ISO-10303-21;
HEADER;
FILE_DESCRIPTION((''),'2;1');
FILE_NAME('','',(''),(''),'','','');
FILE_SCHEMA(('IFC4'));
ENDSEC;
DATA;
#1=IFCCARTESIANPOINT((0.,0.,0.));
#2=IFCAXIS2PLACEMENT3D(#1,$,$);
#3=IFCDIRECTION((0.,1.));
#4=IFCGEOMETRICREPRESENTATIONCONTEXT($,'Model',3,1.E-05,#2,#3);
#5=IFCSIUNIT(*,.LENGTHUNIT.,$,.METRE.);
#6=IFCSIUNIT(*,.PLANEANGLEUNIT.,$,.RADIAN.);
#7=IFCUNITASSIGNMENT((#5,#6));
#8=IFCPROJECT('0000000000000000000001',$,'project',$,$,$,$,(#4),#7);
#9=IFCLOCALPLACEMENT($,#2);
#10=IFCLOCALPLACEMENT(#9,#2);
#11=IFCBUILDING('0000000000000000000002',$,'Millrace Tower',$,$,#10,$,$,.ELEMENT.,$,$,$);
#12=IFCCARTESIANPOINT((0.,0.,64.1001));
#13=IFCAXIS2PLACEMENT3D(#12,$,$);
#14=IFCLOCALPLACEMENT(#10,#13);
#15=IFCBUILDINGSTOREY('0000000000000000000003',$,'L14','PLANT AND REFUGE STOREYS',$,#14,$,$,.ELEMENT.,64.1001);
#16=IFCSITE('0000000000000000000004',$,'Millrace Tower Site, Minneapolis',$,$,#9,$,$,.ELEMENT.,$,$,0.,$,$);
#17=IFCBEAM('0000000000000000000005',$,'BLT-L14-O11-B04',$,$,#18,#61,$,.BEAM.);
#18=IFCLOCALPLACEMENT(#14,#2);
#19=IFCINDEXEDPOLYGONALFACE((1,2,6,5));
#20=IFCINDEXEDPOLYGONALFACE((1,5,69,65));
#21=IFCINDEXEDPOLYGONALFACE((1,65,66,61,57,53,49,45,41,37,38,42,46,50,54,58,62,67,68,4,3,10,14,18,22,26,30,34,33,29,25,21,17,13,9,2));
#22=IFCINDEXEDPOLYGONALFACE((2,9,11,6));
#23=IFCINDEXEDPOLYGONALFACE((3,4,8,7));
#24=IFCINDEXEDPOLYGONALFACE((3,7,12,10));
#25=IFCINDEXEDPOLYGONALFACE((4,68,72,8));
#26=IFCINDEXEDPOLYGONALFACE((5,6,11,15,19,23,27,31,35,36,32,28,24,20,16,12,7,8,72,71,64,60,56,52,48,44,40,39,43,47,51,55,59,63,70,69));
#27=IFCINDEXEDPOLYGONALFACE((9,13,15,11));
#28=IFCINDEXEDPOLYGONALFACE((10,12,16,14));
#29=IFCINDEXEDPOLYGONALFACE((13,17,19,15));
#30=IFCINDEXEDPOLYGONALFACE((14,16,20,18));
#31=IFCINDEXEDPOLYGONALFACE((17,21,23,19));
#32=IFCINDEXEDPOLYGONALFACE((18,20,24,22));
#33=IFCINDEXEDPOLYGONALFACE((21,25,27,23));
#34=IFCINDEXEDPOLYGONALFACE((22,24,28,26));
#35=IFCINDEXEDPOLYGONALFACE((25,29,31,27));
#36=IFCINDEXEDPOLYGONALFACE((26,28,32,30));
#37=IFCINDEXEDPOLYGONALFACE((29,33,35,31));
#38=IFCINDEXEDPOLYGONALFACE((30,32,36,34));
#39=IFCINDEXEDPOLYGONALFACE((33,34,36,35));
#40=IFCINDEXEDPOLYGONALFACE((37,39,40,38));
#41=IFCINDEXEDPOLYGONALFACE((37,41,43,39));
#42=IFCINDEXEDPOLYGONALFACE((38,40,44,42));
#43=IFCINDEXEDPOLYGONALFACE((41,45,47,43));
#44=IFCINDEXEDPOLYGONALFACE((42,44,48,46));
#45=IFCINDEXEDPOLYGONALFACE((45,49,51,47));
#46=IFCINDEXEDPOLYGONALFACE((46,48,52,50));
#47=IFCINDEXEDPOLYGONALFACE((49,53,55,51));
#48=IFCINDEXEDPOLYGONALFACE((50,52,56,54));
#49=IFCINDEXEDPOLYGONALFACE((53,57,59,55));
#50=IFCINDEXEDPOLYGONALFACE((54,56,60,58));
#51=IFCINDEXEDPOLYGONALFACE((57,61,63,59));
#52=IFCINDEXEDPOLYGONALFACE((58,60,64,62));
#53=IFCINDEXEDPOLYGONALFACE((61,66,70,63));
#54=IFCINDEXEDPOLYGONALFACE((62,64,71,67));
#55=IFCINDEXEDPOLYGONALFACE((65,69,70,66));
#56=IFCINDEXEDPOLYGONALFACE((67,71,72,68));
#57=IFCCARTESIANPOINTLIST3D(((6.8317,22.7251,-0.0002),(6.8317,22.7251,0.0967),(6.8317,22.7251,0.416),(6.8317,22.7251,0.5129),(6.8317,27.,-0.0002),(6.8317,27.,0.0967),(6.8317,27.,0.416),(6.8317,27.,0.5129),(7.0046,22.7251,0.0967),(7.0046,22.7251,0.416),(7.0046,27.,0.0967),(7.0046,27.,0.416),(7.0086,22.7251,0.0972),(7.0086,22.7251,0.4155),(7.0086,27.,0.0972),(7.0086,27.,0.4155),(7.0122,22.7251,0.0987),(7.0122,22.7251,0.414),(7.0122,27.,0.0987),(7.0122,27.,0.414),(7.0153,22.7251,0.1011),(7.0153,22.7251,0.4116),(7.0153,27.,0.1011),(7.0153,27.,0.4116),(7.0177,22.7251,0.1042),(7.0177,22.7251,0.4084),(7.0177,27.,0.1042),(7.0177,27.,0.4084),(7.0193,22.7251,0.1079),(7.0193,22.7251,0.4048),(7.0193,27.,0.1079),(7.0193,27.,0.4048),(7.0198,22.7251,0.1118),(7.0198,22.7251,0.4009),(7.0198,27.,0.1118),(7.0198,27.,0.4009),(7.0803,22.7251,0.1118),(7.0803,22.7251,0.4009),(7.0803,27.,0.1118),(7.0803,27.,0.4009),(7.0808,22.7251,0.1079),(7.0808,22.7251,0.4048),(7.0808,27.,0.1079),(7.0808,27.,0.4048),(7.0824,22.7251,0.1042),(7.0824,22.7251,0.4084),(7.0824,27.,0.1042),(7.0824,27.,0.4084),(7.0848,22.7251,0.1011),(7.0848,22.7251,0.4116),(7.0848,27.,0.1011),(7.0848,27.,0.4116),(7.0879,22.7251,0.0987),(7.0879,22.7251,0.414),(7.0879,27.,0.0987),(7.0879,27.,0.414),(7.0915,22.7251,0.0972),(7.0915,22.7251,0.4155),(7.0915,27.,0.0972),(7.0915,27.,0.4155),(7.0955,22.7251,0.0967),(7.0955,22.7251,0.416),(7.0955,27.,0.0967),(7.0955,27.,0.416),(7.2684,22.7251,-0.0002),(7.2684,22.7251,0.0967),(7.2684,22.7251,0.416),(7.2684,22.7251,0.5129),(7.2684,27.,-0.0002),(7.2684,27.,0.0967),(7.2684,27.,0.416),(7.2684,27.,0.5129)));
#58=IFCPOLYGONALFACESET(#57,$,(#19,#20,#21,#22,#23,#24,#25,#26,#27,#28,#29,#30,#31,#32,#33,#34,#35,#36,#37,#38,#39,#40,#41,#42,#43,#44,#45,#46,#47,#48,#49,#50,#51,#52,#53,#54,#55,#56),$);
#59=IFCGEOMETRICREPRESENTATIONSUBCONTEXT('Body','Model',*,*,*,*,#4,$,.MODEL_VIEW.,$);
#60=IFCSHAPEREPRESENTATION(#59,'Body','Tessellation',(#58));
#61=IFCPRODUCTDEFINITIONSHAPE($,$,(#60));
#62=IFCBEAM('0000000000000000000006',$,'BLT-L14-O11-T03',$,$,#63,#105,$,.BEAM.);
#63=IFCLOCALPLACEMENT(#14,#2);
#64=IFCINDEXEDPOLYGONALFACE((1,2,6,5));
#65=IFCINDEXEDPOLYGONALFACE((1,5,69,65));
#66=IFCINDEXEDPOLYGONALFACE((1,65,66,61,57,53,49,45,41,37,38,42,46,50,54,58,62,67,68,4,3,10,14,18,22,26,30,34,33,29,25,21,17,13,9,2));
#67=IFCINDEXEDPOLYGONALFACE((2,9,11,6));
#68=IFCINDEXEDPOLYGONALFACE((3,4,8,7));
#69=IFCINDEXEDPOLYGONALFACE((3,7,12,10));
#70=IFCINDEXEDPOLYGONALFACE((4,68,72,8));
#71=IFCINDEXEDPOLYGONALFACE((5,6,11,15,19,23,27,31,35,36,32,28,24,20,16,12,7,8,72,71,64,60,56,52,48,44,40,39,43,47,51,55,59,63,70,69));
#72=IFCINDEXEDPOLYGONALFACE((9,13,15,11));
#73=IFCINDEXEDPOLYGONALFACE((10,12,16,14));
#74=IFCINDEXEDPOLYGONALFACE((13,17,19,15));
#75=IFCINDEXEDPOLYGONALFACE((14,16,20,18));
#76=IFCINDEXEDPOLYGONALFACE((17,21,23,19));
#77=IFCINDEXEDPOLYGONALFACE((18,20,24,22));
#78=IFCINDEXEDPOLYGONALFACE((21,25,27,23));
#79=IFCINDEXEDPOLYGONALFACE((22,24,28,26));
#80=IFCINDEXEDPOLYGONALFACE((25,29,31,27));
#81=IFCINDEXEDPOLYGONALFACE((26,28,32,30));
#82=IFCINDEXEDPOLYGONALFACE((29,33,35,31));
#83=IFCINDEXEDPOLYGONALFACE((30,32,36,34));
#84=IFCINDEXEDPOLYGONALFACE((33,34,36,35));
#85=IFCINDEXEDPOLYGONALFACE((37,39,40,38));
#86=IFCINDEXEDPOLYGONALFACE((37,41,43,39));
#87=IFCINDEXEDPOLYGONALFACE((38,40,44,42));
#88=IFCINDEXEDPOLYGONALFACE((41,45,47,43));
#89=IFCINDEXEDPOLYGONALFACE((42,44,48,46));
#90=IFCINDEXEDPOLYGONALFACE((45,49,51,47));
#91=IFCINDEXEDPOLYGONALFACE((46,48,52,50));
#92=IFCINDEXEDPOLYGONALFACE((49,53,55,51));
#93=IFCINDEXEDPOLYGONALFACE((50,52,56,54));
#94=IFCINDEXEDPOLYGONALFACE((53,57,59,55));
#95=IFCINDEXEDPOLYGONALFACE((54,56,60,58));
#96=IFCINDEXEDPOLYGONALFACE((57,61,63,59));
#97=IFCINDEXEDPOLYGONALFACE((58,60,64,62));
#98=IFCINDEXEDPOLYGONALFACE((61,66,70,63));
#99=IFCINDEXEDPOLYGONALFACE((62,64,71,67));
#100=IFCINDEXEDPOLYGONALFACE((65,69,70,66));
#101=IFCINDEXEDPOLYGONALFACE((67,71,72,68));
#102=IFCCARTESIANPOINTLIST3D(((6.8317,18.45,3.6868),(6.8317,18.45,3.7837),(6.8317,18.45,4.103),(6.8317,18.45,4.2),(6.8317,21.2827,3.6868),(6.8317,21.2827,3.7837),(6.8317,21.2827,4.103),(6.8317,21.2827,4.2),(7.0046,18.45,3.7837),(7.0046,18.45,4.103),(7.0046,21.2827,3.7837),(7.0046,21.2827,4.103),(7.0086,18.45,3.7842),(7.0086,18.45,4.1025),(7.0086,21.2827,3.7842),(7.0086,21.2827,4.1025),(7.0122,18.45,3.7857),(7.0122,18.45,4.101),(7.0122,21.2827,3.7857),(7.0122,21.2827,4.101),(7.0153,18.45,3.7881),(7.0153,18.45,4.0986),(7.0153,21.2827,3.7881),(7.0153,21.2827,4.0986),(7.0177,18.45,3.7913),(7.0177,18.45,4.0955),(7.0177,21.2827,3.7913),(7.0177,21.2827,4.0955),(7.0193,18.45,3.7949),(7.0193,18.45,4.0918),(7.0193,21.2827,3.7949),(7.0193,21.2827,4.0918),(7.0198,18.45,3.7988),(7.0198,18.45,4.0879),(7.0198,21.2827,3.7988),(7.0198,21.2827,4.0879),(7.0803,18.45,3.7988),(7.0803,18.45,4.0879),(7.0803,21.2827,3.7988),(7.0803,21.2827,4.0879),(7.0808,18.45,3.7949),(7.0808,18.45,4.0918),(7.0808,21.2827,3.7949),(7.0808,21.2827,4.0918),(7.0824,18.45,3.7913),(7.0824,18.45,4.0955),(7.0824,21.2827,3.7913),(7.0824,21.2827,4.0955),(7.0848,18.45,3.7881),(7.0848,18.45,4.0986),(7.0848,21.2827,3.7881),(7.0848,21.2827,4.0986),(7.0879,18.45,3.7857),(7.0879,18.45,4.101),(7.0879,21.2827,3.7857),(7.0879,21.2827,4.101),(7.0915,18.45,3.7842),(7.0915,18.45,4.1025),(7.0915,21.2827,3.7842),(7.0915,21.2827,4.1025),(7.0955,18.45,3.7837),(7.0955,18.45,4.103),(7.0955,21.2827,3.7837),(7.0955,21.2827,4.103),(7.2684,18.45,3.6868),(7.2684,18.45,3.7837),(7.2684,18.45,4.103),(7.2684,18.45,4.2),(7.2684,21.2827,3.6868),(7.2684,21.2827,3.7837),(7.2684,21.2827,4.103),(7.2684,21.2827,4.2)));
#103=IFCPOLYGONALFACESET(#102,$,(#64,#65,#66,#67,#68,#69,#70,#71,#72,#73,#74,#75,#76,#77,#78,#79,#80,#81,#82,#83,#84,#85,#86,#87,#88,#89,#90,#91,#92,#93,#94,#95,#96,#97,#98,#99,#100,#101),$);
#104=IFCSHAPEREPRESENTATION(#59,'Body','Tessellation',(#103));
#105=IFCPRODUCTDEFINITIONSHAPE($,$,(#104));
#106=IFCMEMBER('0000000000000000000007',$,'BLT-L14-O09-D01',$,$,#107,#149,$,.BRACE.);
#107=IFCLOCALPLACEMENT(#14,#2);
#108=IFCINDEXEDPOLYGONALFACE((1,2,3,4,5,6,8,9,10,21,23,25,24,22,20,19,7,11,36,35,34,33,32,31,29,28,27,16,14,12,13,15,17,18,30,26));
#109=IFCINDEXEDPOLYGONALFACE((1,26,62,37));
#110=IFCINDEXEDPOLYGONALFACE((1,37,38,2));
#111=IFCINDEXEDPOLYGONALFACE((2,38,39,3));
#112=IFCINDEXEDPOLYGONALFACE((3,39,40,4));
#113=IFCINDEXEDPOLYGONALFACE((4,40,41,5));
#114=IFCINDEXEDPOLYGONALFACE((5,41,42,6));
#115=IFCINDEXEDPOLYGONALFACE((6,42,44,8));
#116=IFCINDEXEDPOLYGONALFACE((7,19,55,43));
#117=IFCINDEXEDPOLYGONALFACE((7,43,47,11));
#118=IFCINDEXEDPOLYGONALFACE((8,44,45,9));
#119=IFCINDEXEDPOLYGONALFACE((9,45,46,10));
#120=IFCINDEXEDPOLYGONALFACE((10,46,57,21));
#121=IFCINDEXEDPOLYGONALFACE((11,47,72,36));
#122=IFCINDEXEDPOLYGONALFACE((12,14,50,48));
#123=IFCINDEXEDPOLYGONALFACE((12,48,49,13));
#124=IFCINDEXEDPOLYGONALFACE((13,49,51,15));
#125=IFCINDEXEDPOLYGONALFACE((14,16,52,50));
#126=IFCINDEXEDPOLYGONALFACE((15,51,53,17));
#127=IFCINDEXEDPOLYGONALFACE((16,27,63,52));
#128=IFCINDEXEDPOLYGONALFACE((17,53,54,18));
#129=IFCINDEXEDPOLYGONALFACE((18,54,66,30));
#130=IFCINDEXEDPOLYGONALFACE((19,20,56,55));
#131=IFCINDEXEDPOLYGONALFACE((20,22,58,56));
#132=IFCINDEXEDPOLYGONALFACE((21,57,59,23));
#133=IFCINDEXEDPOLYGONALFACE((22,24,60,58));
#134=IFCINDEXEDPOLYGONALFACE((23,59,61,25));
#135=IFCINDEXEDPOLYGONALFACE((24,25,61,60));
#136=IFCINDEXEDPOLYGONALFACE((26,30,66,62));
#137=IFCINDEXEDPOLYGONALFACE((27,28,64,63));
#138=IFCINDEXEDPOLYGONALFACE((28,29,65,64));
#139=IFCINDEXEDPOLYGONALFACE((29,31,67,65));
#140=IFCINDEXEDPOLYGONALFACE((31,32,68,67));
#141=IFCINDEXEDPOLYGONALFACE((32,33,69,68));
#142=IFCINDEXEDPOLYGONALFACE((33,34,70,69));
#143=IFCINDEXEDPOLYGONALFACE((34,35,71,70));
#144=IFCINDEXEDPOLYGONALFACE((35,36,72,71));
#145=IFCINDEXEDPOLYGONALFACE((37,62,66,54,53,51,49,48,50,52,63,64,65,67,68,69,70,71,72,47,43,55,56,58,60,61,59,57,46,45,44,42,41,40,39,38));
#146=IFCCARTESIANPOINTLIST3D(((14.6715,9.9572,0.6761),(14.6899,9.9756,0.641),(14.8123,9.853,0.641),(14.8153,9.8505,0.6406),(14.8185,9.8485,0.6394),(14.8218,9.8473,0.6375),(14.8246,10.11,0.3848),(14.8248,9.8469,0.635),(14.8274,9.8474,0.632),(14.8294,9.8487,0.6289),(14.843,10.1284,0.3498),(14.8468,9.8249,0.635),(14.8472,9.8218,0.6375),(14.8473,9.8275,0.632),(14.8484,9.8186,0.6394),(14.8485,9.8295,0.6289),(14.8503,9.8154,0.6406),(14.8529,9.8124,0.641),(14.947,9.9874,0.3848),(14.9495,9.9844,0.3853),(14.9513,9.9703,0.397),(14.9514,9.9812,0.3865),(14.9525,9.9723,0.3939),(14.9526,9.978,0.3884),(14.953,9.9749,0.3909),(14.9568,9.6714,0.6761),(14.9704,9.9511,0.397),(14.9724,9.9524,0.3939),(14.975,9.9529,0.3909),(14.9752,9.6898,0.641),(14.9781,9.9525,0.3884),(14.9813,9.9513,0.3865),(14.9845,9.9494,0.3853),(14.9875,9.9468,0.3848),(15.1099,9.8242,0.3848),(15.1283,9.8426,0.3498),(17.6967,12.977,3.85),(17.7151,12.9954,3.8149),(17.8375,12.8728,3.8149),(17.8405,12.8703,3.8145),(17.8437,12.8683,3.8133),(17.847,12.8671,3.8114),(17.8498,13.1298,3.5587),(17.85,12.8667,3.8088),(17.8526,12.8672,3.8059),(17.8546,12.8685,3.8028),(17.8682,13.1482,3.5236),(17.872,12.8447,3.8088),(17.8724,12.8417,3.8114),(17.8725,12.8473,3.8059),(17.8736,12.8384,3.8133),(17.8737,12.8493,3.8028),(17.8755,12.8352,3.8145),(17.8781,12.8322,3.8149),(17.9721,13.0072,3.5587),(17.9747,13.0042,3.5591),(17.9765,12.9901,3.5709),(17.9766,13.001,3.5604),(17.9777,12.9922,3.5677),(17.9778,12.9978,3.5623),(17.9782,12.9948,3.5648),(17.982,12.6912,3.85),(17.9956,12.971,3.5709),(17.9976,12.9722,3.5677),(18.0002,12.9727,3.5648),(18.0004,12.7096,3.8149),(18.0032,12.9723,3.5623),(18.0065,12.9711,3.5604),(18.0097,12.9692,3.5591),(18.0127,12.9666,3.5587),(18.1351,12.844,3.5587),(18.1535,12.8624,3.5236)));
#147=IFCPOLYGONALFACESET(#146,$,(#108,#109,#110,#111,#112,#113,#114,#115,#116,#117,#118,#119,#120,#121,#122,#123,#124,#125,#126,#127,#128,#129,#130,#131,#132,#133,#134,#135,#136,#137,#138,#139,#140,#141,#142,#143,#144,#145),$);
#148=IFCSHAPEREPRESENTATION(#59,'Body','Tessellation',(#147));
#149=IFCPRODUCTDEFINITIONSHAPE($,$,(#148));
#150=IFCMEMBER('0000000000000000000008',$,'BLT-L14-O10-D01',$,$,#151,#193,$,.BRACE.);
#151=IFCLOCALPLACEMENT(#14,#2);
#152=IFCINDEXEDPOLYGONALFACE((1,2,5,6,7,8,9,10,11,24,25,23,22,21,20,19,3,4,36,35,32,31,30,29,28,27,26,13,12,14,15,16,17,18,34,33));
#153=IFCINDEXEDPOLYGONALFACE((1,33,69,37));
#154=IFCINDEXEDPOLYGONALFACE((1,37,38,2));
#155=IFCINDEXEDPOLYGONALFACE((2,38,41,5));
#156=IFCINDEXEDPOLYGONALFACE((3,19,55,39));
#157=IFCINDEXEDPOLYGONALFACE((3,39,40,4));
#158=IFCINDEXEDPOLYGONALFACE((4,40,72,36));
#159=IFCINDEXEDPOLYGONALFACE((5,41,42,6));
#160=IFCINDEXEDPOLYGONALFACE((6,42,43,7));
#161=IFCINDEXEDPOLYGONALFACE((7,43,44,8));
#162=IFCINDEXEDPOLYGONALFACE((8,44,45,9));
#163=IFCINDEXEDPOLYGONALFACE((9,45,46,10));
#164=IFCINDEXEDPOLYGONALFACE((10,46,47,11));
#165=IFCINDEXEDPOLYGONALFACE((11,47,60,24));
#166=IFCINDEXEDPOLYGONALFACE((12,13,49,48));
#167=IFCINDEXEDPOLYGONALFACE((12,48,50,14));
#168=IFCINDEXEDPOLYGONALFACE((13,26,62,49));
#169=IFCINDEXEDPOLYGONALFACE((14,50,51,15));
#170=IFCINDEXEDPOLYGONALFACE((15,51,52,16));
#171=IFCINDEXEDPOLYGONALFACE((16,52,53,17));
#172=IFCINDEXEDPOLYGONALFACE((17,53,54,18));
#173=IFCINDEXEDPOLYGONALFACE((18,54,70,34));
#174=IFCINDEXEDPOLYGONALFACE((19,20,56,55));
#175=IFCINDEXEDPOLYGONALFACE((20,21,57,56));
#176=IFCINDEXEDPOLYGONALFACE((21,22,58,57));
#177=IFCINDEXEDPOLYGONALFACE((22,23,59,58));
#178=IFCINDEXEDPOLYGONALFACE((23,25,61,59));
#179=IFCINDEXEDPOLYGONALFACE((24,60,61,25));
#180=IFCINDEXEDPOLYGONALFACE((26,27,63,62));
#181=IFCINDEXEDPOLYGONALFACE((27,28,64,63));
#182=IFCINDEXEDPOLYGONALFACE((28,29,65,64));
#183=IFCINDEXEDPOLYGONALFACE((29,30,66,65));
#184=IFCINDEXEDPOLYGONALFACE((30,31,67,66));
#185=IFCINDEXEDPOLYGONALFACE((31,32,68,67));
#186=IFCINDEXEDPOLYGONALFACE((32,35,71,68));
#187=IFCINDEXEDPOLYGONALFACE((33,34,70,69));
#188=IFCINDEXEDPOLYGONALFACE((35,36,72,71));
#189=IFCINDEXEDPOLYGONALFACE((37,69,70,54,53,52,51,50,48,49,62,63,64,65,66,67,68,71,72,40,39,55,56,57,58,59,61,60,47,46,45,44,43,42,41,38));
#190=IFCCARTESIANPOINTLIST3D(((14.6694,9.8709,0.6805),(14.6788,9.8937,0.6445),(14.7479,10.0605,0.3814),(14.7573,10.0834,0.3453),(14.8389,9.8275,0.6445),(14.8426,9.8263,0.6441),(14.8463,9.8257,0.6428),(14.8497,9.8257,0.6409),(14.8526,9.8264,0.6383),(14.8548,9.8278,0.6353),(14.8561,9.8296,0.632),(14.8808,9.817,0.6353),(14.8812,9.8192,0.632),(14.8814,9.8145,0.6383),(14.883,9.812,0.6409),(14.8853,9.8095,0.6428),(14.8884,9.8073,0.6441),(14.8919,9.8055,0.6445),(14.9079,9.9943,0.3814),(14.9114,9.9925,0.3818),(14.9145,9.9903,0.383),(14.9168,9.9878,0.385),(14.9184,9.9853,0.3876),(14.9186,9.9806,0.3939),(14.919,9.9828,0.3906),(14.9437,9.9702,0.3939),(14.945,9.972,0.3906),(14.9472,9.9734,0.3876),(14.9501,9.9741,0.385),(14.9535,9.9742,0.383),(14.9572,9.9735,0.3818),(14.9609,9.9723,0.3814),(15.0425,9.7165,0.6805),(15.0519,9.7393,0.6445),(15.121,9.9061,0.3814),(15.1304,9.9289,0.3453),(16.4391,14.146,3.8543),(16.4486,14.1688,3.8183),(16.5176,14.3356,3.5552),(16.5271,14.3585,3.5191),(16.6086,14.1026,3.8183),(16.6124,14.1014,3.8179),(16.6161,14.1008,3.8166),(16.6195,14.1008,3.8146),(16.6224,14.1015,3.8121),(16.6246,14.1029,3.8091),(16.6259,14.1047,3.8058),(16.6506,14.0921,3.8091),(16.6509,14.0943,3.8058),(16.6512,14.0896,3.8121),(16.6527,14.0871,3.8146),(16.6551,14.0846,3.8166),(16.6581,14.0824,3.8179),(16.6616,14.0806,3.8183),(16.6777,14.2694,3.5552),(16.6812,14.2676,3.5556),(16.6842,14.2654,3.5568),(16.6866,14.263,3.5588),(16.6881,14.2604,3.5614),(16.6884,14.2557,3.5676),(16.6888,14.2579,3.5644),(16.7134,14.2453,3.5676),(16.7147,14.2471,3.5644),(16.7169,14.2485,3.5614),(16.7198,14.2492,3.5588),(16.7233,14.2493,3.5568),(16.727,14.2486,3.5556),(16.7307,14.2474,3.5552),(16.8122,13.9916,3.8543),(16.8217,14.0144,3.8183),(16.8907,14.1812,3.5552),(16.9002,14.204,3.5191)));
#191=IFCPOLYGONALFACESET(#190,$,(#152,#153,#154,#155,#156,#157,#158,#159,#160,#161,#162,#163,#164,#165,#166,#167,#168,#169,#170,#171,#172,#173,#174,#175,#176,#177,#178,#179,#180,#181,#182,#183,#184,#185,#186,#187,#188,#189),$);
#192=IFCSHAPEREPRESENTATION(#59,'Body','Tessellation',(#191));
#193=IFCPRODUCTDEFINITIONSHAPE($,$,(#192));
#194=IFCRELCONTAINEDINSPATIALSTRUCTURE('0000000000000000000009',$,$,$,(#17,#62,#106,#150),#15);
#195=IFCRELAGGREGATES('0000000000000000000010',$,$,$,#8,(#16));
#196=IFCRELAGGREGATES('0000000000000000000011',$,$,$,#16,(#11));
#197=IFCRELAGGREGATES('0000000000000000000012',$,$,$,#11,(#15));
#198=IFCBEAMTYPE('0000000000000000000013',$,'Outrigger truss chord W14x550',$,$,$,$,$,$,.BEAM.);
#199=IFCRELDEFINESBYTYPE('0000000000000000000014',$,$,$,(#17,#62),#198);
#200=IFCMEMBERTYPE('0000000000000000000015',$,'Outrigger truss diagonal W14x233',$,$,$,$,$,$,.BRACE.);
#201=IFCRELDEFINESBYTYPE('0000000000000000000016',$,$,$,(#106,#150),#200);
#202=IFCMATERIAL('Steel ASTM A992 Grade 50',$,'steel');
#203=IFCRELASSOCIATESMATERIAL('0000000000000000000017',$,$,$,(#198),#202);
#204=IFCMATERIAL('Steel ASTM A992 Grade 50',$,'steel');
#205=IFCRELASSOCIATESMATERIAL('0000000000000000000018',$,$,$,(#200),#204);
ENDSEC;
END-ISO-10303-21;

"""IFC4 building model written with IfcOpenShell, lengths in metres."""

from ifc_helpers import new_model, si_unit, direction, frame, origin, origin_2d, place, context, subcontext, project, spatial, i_section, extrude, material, material_profile, profile_set, type_object, element, save


model = new_model("IFC4")

# Units and contexts
model_context = context("Model", 3, precision=1e-05, world=origin(), true_north=direction((0.0, 1.0)))
body_context = subcontext(model_context, "Body", "Model", "MODEL_VIEW")
ifc_project = project(units=[si_unit("LENGTHUNIT", "METRE"), si_unit("PLANEANGLEUNIT", "RADIAN")], contexts=[model_context])

# Site, building, storey
site_placement = place(None, origin())
site = spatial("IfcSite", under=ifc_project, at=site_placement, Name="Millrace Tower Site, Minneapolis", CompositionType="ELEMENT", RefElevation=0.0)
building_placement = place(site_placement, origin())
building = spatial("IfcBuilding", under=site, at=building_placement, Name="Millrace Tower", CompositionType="ELEMENT")
storey_placement = place(building_placement, frame((0.0, 0.0, 64.1001)))
storey = spatial("IfcBuildingStorey", under=building, at=storey_placement, Name="L14", Description="PLANT AND REFUGE STOREYS", CompositionType="ELEMENT", Elevation=64.1001)

# Beams
ifc_material_1 = material(Name="Steel ASTM A992 Grade 50", Category="steel")
ifc_material_profile_1 = material_profile(ifc_material_1, i_section(OverallWidth=0.4368, OverallDepth=0.5132, WebThickness=0.0605, FlangeThickness=0.0969, FilletRadius=0.0151, at=origin_2d()))
ifc_profile_set_1 = profile_set([ifc_material_profile_1], Name="Steel ASTM A992 Grade 50")
beam_type_1 = type_object("IfcBeamType", Name="Outrigger truss chord W14x550", PredefinedType="BEAM", material=ifc_profile_set_1)
beam_1_placement = place(storey_placement, frame((7.05, 22.7251, 0.2563), z_axis=(0.0, 1.0, 0.0), x_axis=(-1.0, 0.0, 0.0)))
element("IfcBeam", 1, at=beam_1_placement, inside=storey, type_object=beam_type_1, Name="BLT-L14-O11-B04", PredefinedType="BEAM", context=body_context, shape_type="SweptSolid", body=[
    extrude(i_section(OverallWidth=0.4368, OverallDepth=0.5132, WebThickness=0.0605, FlangeThickness=0.0969, FilletRadius=0.0151, at=origin_2d()), origin(), (0.0, 0.0, 1.0), 4.2749),
])
beam_2_placement = place(storey_placement, frame((7.05, 18.45, 3.9434), z_axis=(0.0, 1.0, 0.0), x_axis=(-1.0, 0.0, 0.0)))
element("IfcBeam", 2, at=beam_2_placement, inside=storey, type_object=beam_type_1, Name="BLT-L14-O11-T03", PredefinedType="BEAM", context=body_context, shape_type="SweptSolid", body=[
    extrude(i_section(OverallWidth=0.4368, OverallDepth=0.5132, WebThickness=0.0605, FlangeThickness=0.0969, FilletRadius=0.0151, at=origin_2d()), origin(), (0.0, 0.0, 1.0), 2.8328),
])

# Members
ifc_material_2 = material(Name="Steel ASTM A992 Grade 50", Category="steel")
ifc_material_profile_2 = material_profile(ifc_material_2, i_section(OverallWidth=0.4038, OverallDepth=0.4065, WebThickness=0.0271, FlangeThickness=0.0437, FilletRadius=0.0151, at=origin_2d()))
ifc_profile_set_2 = profile_set([ifc_material_profile_2], Name="Steel ASTM A992 Grade 50")
member_type_1 = type_object("IfcMemberType", Name="Outrigger truss diagonal W14x233", PredefinedType="BRACE", material=ifc_profile_set_2)
member_1_placement = place(storey_placement, frame((14.8999, 9.8999, 0.5129), z_axis=(0.568222, 0.567213, 0.596149), x_axis=(-0.706478, 0.707735, 0.0)))
element("IfcMember", 3, at=member_1_placement, inside=storey, type_object=member_type_1, Name="BLT-L14-O09-D01", PredefinedType="BRACE", context=body_context, shape_type="SweptSolid", body=[
    extrude(i_section(OverallWidth=0.4038, OverallDepth=0.4065, WebThickness=0.0271, FlangeThickness=0.0437, FilletRadius=0.0151, at=origin_2d()), origin(), (0.0, 0.0, 1.0), 5.324),
])
member_2_placement = place(storey_placement, frame((14.8999, 9.8999, 0.5129), z_axis=(0.315418, 0.761936, 0.565654), x_axis=(-0.92396, 0.38249, 0.0)))
element("IfcMember", 4, at=member_2_placement, inside=storey, type_object=member_type_1, Name="BLT-L14-O10-D01", PredefinedType="BRACE", context=body_context, shape_type="SweptSolid", body=[
    extrude(i_section(OverallWidth=0.4038, OverallDepth=0.4065, WebThickness=0.0271, FlangeThickness=0.0437, FilletRadius=0.0151, at=origin_2d()), origin(), (0.0, 0.0, 1.0), 5.6108),
])

save(model, "model.ifc")
